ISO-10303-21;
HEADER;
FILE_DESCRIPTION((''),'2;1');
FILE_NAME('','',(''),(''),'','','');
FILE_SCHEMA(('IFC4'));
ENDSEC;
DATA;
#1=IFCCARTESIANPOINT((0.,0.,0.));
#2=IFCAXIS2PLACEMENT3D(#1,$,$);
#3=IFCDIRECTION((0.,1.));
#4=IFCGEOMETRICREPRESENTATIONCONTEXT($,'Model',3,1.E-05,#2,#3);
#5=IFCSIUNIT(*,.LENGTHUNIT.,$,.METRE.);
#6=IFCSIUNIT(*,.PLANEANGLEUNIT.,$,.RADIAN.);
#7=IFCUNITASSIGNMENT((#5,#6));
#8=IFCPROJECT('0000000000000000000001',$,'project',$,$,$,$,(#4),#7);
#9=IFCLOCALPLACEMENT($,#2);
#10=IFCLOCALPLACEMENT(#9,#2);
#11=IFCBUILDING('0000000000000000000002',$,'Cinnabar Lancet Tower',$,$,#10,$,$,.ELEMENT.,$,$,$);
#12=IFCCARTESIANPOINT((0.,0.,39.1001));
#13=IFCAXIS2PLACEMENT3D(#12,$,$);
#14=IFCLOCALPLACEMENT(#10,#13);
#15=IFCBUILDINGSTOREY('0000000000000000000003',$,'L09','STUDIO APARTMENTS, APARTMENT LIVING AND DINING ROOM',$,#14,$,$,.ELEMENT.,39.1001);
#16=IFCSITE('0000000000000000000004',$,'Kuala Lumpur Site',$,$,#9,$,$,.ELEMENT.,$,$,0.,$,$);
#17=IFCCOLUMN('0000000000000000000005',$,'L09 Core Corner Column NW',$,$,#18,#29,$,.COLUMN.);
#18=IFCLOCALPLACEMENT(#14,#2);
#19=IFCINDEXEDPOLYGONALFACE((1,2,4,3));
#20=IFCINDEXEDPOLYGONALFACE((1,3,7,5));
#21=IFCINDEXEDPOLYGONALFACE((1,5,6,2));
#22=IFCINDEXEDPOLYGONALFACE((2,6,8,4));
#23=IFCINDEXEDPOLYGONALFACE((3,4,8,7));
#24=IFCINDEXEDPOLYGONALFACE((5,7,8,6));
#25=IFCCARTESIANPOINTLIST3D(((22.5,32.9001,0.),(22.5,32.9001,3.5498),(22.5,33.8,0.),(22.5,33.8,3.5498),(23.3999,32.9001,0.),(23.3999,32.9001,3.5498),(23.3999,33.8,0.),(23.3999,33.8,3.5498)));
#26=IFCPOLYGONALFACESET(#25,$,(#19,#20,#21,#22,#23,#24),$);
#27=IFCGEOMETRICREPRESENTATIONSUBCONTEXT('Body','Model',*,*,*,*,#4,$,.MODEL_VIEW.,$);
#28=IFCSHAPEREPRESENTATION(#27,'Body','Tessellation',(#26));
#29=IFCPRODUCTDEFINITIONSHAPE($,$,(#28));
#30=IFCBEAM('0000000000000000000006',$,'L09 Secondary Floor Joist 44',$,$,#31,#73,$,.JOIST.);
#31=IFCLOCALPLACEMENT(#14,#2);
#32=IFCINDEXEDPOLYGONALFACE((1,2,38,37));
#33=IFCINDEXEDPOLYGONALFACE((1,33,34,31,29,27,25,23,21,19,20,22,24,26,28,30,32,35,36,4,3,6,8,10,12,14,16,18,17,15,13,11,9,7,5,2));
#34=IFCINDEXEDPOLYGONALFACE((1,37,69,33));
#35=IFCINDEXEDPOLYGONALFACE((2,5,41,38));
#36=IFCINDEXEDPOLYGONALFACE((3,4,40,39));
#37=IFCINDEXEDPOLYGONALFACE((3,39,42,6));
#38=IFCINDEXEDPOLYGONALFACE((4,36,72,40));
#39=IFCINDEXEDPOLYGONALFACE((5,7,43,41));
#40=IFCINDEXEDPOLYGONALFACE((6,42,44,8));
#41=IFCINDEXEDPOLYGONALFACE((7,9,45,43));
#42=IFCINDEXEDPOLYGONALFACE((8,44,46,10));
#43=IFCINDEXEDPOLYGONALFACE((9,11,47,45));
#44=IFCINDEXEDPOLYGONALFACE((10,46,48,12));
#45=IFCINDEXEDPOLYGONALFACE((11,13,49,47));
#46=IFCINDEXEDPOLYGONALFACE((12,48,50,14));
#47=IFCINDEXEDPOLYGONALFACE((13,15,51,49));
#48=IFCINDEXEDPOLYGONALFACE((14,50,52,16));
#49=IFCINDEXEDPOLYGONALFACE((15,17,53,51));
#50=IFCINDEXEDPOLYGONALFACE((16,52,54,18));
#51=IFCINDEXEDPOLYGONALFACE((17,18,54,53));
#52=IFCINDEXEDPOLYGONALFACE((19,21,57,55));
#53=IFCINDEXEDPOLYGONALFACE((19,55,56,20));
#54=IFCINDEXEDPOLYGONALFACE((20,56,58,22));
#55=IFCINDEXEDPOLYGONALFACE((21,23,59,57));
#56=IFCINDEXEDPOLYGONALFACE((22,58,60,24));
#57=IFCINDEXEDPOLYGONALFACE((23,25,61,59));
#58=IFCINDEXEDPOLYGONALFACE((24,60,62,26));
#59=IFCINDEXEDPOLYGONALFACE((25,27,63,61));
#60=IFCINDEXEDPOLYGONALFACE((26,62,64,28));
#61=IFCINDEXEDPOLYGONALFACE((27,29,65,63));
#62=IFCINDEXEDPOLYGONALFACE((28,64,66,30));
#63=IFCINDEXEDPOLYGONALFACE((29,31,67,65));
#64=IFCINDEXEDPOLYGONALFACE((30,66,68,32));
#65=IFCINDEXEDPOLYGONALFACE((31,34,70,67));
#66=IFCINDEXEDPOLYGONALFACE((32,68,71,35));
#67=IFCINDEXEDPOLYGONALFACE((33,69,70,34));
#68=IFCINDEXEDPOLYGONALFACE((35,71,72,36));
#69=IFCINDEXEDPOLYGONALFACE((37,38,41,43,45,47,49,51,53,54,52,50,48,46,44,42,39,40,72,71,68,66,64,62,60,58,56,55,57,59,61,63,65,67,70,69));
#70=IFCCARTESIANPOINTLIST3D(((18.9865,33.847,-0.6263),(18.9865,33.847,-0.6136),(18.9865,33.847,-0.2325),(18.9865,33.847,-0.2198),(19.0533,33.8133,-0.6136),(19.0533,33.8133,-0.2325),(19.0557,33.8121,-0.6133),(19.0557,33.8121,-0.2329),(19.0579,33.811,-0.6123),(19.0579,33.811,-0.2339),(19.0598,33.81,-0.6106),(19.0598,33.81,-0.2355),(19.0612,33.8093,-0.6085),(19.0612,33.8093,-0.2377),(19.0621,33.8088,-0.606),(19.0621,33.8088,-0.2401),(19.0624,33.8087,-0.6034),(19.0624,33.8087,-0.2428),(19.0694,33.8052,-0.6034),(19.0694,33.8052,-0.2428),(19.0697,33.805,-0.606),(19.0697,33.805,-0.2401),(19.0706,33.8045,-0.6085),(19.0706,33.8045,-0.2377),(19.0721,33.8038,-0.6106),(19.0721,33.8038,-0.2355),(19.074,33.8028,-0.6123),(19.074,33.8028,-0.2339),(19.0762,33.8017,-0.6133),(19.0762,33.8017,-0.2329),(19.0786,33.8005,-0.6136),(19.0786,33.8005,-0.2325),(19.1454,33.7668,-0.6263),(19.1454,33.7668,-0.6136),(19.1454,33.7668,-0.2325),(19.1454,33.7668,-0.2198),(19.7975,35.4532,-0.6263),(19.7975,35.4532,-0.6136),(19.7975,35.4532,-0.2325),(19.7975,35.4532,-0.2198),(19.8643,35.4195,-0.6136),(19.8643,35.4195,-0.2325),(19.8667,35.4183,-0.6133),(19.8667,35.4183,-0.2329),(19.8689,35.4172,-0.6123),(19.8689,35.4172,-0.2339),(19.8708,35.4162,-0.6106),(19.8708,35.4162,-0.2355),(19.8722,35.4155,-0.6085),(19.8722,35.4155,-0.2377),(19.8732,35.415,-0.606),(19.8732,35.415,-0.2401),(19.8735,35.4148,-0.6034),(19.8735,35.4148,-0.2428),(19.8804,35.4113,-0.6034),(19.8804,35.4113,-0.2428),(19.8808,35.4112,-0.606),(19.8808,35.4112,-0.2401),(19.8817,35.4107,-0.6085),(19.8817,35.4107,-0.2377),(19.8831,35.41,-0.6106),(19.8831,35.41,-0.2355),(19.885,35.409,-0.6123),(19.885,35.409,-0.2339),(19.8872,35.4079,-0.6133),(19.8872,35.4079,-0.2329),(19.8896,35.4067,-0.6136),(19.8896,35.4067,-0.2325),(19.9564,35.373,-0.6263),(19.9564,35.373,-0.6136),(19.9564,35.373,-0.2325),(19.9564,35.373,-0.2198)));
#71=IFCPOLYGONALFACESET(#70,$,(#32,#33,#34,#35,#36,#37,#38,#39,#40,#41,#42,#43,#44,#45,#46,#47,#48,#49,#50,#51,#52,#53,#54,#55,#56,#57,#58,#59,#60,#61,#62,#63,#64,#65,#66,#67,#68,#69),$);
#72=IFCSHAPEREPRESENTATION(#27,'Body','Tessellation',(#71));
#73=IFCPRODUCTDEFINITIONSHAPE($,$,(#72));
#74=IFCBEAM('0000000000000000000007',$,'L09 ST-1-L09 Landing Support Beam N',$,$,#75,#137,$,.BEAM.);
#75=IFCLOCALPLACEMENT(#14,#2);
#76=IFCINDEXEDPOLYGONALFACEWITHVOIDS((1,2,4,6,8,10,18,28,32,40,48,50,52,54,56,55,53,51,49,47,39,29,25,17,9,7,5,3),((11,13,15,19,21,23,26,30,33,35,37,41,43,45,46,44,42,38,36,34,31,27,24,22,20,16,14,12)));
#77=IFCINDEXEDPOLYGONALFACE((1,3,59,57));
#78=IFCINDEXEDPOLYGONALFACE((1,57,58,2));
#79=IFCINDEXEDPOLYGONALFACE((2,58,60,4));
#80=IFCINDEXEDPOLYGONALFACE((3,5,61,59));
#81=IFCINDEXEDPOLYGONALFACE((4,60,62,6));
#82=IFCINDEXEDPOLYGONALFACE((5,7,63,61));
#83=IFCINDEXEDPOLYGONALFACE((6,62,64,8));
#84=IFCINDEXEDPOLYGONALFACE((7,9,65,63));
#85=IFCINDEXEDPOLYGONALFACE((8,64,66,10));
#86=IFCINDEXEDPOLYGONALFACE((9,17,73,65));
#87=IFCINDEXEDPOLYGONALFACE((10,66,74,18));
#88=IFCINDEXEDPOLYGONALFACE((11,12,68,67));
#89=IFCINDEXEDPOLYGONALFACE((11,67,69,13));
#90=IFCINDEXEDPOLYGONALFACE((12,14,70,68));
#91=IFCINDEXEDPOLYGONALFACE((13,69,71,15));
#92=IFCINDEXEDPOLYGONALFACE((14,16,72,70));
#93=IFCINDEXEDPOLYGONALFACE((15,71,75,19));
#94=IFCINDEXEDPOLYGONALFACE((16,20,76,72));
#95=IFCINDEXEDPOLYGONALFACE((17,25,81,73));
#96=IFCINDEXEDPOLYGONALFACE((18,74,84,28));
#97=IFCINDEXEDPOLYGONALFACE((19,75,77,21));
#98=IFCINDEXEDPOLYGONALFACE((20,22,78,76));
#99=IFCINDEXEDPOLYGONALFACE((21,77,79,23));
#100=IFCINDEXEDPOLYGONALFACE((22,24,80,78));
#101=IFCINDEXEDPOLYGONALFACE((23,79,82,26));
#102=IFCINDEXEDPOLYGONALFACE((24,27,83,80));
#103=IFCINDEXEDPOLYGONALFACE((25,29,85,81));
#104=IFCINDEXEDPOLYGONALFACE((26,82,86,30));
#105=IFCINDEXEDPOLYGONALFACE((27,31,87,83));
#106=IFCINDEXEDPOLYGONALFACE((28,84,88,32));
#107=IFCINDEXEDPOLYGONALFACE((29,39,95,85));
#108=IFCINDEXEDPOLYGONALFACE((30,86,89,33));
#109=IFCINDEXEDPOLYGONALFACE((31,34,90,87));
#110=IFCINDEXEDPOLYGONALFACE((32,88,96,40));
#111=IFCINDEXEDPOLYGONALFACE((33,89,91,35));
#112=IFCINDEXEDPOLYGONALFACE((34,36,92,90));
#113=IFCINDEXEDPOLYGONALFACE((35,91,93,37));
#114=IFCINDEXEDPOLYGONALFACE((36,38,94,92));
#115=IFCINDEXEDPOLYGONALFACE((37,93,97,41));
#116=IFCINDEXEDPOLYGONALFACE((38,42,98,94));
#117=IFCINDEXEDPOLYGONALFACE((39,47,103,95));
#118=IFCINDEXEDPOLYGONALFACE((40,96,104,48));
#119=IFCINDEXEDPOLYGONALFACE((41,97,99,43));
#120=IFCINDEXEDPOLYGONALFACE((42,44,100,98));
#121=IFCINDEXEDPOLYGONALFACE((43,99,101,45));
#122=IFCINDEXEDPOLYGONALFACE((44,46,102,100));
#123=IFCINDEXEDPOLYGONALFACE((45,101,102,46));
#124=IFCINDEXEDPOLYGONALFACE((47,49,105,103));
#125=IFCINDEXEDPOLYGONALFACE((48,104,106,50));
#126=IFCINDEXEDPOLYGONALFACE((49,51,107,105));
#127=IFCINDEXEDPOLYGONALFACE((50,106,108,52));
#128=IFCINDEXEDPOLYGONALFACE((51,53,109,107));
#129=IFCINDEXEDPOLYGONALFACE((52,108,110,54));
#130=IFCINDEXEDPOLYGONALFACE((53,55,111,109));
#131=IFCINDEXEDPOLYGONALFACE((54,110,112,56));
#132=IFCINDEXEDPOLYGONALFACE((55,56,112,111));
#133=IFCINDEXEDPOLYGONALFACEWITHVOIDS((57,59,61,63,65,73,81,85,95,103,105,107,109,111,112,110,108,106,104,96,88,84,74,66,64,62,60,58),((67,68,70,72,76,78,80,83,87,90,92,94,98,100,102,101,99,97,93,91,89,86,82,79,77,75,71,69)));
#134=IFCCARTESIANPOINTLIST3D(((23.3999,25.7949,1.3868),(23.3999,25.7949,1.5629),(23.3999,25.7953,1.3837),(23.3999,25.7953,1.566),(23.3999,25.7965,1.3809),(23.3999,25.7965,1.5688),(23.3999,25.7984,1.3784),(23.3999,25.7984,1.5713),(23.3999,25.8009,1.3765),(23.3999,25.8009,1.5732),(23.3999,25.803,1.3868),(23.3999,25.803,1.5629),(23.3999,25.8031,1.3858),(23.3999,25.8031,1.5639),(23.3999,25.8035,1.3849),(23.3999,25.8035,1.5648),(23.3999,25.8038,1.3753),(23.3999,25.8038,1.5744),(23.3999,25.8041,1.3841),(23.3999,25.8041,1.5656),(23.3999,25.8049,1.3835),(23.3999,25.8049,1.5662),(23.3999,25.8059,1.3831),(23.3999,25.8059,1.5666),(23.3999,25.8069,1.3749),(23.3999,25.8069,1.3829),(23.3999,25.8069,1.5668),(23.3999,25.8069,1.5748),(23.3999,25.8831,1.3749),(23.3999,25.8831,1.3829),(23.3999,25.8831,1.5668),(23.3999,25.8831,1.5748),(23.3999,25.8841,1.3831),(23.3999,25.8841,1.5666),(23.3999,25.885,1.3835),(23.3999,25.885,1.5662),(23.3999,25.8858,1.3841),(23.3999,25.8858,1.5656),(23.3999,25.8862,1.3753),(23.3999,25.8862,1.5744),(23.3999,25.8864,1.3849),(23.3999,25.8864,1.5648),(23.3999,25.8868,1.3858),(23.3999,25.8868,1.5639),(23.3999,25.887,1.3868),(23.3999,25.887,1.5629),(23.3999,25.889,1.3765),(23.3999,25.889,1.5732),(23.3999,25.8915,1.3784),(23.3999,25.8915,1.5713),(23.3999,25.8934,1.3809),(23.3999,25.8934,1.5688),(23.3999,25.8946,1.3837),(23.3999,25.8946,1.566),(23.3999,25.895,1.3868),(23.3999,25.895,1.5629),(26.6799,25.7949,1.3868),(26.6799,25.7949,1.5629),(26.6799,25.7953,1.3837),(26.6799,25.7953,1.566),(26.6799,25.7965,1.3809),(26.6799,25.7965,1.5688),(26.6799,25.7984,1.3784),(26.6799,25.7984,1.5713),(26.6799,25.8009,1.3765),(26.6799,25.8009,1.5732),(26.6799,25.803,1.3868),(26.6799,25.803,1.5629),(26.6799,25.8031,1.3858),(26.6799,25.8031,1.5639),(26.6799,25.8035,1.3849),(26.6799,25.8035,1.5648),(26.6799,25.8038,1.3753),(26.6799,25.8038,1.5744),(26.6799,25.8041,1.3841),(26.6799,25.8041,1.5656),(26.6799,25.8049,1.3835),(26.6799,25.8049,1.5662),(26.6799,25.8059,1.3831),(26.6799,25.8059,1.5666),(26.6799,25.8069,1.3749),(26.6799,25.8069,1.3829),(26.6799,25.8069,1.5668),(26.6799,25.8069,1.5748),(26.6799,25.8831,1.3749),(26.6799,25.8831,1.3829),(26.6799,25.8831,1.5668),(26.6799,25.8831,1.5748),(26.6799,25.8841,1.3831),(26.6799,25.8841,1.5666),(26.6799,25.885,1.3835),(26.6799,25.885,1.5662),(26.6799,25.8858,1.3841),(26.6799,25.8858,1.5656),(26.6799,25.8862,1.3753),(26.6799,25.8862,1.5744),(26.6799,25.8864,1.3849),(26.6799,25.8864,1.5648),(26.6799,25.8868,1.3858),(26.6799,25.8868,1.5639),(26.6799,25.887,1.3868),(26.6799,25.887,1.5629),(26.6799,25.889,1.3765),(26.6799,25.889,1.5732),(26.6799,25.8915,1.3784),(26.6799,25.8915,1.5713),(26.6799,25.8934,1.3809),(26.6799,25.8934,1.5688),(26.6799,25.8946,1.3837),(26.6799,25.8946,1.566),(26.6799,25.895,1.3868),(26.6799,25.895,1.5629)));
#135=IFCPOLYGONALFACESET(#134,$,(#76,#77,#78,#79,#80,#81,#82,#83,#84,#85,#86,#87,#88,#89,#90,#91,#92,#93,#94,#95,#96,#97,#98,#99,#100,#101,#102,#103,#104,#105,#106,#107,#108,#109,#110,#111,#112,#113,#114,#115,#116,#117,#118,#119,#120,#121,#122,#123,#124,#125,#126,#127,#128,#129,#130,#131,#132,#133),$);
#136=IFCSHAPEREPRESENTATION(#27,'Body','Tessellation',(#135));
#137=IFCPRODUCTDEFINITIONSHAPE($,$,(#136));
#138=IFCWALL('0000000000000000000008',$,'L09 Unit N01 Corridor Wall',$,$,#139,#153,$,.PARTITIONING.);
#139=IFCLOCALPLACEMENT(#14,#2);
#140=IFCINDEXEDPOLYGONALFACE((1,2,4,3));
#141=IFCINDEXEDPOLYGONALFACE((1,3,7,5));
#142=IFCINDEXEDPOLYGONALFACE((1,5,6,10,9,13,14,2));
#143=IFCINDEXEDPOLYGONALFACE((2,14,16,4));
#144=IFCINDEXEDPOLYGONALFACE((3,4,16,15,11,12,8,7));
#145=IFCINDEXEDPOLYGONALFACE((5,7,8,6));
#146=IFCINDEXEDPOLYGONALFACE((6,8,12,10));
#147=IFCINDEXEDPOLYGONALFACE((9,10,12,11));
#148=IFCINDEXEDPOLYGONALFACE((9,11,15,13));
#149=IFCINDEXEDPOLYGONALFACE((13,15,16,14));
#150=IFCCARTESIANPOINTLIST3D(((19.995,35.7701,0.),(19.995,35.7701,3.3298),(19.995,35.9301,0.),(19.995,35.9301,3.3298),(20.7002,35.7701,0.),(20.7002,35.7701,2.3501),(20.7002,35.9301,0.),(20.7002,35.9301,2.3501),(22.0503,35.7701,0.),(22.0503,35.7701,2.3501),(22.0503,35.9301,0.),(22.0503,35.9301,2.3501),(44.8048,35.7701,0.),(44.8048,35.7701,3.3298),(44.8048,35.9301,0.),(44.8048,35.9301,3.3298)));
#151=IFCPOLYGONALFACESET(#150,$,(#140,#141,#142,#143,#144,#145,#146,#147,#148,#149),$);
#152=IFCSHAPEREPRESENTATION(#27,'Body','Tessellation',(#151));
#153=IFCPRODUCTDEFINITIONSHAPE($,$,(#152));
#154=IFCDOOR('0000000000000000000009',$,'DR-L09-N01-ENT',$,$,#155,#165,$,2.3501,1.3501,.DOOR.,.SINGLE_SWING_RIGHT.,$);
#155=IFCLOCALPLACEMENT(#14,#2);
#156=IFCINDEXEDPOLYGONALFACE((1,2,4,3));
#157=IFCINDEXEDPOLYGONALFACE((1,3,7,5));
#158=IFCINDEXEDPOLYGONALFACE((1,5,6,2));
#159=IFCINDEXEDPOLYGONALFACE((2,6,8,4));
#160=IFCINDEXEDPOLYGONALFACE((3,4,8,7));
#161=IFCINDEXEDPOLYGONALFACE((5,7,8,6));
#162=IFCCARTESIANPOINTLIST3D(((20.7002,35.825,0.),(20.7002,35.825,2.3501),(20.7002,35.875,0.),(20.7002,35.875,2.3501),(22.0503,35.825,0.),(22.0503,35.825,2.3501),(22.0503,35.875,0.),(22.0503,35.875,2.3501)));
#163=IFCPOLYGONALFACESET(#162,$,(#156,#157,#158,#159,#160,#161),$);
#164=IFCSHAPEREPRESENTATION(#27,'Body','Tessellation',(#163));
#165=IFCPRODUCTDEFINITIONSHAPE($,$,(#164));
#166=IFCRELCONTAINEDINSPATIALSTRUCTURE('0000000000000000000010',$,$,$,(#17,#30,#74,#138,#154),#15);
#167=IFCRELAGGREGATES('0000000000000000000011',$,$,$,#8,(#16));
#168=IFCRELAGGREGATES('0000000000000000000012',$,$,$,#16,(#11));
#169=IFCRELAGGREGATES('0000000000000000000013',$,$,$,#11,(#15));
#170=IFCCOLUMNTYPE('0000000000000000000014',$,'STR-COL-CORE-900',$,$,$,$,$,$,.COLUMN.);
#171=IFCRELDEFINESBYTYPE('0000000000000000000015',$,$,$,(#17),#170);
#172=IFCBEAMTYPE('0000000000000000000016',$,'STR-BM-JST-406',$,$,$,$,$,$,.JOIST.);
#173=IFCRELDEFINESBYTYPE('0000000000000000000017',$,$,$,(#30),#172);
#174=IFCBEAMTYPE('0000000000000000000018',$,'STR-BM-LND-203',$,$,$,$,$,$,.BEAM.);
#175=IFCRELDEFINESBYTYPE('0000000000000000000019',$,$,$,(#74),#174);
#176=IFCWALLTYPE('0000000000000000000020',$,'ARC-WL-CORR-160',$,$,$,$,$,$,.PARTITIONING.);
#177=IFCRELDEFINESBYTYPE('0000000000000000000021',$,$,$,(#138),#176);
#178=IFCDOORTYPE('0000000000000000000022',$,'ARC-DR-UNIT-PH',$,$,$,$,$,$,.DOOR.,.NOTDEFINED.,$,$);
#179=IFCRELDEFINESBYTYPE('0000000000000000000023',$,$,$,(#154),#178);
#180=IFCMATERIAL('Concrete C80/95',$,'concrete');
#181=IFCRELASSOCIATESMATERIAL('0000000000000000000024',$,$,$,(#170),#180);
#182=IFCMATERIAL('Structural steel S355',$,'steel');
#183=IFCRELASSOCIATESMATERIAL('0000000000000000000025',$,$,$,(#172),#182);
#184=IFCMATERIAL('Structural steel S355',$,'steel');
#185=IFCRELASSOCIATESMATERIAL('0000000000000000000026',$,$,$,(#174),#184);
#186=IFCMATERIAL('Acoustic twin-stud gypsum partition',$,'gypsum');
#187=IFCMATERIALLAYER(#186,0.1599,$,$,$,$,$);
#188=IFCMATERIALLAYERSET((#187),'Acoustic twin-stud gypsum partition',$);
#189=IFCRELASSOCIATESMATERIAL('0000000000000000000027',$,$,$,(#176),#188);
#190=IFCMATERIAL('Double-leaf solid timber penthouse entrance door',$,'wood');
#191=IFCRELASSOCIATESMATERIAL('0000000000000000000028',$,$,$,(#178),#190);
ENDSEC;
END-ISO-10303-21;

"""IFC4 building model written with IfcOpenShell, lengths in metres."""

from ifc_helpers import new_model, si_unit, direction, frame, frame_2d, origin, origin_2d, place, context, subcontext, project, spatial, rectangle, hollow_rectangle, i_section, extrude, material, layer, layer_set, material_profile, profile_set, type_object, element, fill, save


model = new_model("IFC4")

# Units and contexts
model_context = context("Model", 3, precision=1e-05, world=origin(), true_north=direction((0.0, 1.0)))
body_context = subcontext(model_context, "Body", "Model", "MODEL_VIEW")
ifc_project = project(units=[si_unit("LENGTHUNIT", "METRE"), si_unit("PLANEANGLEUNIT", "RADIAN")], contexts=[model_context])

# Site, building, storey
site_placement = place(None, origin())
site = spatial("IfcSite", under=ifc_project, at=site_placement, Name="Kuala Lumpur Site", CompositionType="ELEMENT", RefElevation=0.0)
building_placement = place(site_placement, origin())
building = spatial("IfcBuilding", under=site, at=building_placement, Name="Cinnabar Lancet Tower", CompositionType="ELEMENT")
storey_placement = place(building_placement, frame((0.0, 0.0, 39.1001)))
storey = spatial("IfcBuildingStorey", under=building, at=storey_placement, Name="L09", Description="STUDIO APARTMENTS, APARTMENT LIVING AND DINING ROOM", CompositionType="ELEMENT", Elevation=39.1001)

# Column
ifc_material_1 = material(Name="Concrete C80/95", Category="concrete")
ifc_material_profile_1 = material_profile(ifc_material_1, rectangle(XDim=0.8999, YDim=0.8999, at=origin_2d()), Name="RC-COL 900x900")
ifc_profile_set_1 = profile_set([ifc_material_profile_1], Name="Concrete C80/95")
column_type = type_object("IfcColumnType", Name="STR-COL-CORE-900", PredefinedType="COLUMN", material=ifc_profile_set_1)
column_placement = place(storey_placement, frame((22.95, 33.3501, 0.0), z_axis=(0.0, 0.0, 1.0), x_axis=(1.0, 0.0, 0.0)))
element("IfcColumn", 1, at=column_placement, inside=storey, type_object=column_type, Name="L09 Core Corner Column NW", PredefinedType="COLUMN", context=body_context, shape_type="SweptSolid", body=[
    extrude(rectangle(XDim=0.8999, YDim=0.8999, at=origin_2d()), origin(), (0.0, 0.0, 1.0), 3.5498),
])

# Beams
ifc_material_2 = material(Name="Structural steel S355", Category="steel")
ifc_material_profile_2 = material_profile(ifc_material_2, i_section(OverallWidth=0.178, OverallDepth=0.4065, WebThickness=0.0078, FlangeThickness=0.0127, FilletRadius=0.0103, at=origin_2d()), Name="UKB 406x178x60")
ifc_profile_set_2 = profile_set([ifc_material_profile_2], Name="Structural steel S355")
beam_type_1 = type_object("IfcBeamType", Name="STR-BM-JST-406", PredefinedType="JOIST", material=ifc_profile_set_2)
beam_1_placement = place(storey_placement, frame((19.877, 35.4131, -0.4231), z_axis=(-0.450738, -0.892656, 0.0), x_axis=(0.892656, -0.450738, 0.0)))
element("IfcBeam", 2, at=beam_1_placement, inside=storey, type_object=beam_type_1, Name="L09 Secondary Floor Joist 44", PredefinedType="JOIST", context=body_context, shape_type="SweptSolid", body=[
    extrude(i_section(OverallWidth=0.178, OverallDepth=0.4065, WebThickness=0.0078, FlangeThickness=0.0127, FilletRadius=0.0103, at=origin_2d()), origin(), (0.0, 0.0, 1.0), 1.7993),
])
ifc_material_3 = material(Name="Structural steel S355", Category="steel")
ifc_material_profile_3 = material_profile(ifc_material_3, hollow_rectangle(XDim=0.1001, YDim=0.2, WallThickness=0.0081, InnerFilletRadius=0.0039, OuterFilletRadius=0.012, at=origin_2d()), Name="RHS 200x100x8")
ifc_profile_set_3 = profile_set([ifc_material_profile_3], Name="Structural steel S355")
beam_type_2 = type_object("IfcBeamType", Name="STR-BM-LND-203", PredefinedType="BEAM", material=ifc_profile_set_3)
beam_2_placement = place(storey_placement, frame((23.3999, 25.845, 1.4749), z_axis=(1.0, 0.0, 0.0), x_axis=(0.0, 1.0, 0.0)))
element("IfcBeam", 3, at=beam_2_placement, inside=storey, type_object=beam_type_2, Name="L09 ST-1-L09 Landing Support Beam N", PredefinedType="BEAM", context=body_context, shape_type="SweptSolid", body=[
    extrude(hollow_rectangle(XDim=0.1001, YDim=0.2, WallThickness=0.0081, InnerFilletRadius=0.0039, OuterFilletRadius=0.012, at=origin_2d()), origin(), (0.0, 0.0, 1.0), 3.28),
])

# Wall, opening, door
ifc_material_4 = material(Name="Acoustic twin-stud gypsum partition", Category="gypsum")
ifc_layer_1 = layer(ifc_material_4, 0.1599)
ifc_layer_set_1 = layer_set([ifc_layer_1], Name="Acoustic twin-stud gypsum partition")
wall_type_1 = type_object("IfcWallType", Name="ARC-WL-CORR-160", PredefinedType="PARTITIONING", material=ifc_layer_set_1)
wall_1_placement = place(storey_placement, frame((19.9951, 35.8501, 0.0), z_axis=(0.0, 0.0, 1.0), x_axis=(1.0, 0.0, 0.0)))
wall_1 = element("IfcWall", 4, at=wall_1_placement, inside=storey, type_object=wall_type_1, Name="L09 Unit N01 Corridor Wall", PredefinedType="PARTITIONING", context=body_context, shape_type="SweptSolid", body=[
    extrude(rectangle(XDim=24.8098, YDim=0.1599, at=frame_2d((12.4048, 0.0))), origin(), (0.0, 0.0, 1.0), 3.3298),
])
opening_1_placement = place(wall_1_placement, frame((0.7051, 0.0, 0.0)))
opening_1 = element("IfcOpeningElement", 5, at=opening_1_placement, cuts=wall_1, PredefinedType="OPENING", context=body_context, shape_type="SweptSolid", body=[
    extrude(rectangle(XDim=1.3501, YDim=2.3501, at=frame_2d((0.675, 1.175))), frame((0.0, 0.0898, 0.0), z_axis=(0.0, -1.0, 0.0), x_axis=(1.0, 0.0, 0.0)), (0.0, 0.0, 1.0), 0.1799),
])
ifc_material_5 = material(Name="Double-leaf solid timber penthouse entrance door", Category="wood")
door_type_1 = type_object("IfcDoorType", Name="ARC-DR-UNIT-PH", OperationType="NOTDEFINED", PredefinedType="DOOR", material=ifc_material_5)
door_1_placement = place(opening_1_placement, origin())
door_1 = element("IfcDoor", 6, at=door_1_placement, inside=storey, type_object=door_type_1, Name="DR-L09-N01-ENT", OperationType="SINGLE_SWING_RIGHT", OverallHeight=2.3501, OverallWidth=1.3501, PredefinedType="DOOR", context=body_context, shape_type="SweptSolid", body=[
    extrude(rectangle(XDim=1.3501, YDim=2.3501, at=frame_2d((0.675, 1.175))), frame((0.0, 0.0249, 0.0), z_axis=(0.0, -1.0, 0.0), x_axis=(1.0, 0.0, 0.0)), (0.0, 0.0, 1.0), 0.05),
])
fill(opening_1, door_1)

save(model, "model.ifc")
